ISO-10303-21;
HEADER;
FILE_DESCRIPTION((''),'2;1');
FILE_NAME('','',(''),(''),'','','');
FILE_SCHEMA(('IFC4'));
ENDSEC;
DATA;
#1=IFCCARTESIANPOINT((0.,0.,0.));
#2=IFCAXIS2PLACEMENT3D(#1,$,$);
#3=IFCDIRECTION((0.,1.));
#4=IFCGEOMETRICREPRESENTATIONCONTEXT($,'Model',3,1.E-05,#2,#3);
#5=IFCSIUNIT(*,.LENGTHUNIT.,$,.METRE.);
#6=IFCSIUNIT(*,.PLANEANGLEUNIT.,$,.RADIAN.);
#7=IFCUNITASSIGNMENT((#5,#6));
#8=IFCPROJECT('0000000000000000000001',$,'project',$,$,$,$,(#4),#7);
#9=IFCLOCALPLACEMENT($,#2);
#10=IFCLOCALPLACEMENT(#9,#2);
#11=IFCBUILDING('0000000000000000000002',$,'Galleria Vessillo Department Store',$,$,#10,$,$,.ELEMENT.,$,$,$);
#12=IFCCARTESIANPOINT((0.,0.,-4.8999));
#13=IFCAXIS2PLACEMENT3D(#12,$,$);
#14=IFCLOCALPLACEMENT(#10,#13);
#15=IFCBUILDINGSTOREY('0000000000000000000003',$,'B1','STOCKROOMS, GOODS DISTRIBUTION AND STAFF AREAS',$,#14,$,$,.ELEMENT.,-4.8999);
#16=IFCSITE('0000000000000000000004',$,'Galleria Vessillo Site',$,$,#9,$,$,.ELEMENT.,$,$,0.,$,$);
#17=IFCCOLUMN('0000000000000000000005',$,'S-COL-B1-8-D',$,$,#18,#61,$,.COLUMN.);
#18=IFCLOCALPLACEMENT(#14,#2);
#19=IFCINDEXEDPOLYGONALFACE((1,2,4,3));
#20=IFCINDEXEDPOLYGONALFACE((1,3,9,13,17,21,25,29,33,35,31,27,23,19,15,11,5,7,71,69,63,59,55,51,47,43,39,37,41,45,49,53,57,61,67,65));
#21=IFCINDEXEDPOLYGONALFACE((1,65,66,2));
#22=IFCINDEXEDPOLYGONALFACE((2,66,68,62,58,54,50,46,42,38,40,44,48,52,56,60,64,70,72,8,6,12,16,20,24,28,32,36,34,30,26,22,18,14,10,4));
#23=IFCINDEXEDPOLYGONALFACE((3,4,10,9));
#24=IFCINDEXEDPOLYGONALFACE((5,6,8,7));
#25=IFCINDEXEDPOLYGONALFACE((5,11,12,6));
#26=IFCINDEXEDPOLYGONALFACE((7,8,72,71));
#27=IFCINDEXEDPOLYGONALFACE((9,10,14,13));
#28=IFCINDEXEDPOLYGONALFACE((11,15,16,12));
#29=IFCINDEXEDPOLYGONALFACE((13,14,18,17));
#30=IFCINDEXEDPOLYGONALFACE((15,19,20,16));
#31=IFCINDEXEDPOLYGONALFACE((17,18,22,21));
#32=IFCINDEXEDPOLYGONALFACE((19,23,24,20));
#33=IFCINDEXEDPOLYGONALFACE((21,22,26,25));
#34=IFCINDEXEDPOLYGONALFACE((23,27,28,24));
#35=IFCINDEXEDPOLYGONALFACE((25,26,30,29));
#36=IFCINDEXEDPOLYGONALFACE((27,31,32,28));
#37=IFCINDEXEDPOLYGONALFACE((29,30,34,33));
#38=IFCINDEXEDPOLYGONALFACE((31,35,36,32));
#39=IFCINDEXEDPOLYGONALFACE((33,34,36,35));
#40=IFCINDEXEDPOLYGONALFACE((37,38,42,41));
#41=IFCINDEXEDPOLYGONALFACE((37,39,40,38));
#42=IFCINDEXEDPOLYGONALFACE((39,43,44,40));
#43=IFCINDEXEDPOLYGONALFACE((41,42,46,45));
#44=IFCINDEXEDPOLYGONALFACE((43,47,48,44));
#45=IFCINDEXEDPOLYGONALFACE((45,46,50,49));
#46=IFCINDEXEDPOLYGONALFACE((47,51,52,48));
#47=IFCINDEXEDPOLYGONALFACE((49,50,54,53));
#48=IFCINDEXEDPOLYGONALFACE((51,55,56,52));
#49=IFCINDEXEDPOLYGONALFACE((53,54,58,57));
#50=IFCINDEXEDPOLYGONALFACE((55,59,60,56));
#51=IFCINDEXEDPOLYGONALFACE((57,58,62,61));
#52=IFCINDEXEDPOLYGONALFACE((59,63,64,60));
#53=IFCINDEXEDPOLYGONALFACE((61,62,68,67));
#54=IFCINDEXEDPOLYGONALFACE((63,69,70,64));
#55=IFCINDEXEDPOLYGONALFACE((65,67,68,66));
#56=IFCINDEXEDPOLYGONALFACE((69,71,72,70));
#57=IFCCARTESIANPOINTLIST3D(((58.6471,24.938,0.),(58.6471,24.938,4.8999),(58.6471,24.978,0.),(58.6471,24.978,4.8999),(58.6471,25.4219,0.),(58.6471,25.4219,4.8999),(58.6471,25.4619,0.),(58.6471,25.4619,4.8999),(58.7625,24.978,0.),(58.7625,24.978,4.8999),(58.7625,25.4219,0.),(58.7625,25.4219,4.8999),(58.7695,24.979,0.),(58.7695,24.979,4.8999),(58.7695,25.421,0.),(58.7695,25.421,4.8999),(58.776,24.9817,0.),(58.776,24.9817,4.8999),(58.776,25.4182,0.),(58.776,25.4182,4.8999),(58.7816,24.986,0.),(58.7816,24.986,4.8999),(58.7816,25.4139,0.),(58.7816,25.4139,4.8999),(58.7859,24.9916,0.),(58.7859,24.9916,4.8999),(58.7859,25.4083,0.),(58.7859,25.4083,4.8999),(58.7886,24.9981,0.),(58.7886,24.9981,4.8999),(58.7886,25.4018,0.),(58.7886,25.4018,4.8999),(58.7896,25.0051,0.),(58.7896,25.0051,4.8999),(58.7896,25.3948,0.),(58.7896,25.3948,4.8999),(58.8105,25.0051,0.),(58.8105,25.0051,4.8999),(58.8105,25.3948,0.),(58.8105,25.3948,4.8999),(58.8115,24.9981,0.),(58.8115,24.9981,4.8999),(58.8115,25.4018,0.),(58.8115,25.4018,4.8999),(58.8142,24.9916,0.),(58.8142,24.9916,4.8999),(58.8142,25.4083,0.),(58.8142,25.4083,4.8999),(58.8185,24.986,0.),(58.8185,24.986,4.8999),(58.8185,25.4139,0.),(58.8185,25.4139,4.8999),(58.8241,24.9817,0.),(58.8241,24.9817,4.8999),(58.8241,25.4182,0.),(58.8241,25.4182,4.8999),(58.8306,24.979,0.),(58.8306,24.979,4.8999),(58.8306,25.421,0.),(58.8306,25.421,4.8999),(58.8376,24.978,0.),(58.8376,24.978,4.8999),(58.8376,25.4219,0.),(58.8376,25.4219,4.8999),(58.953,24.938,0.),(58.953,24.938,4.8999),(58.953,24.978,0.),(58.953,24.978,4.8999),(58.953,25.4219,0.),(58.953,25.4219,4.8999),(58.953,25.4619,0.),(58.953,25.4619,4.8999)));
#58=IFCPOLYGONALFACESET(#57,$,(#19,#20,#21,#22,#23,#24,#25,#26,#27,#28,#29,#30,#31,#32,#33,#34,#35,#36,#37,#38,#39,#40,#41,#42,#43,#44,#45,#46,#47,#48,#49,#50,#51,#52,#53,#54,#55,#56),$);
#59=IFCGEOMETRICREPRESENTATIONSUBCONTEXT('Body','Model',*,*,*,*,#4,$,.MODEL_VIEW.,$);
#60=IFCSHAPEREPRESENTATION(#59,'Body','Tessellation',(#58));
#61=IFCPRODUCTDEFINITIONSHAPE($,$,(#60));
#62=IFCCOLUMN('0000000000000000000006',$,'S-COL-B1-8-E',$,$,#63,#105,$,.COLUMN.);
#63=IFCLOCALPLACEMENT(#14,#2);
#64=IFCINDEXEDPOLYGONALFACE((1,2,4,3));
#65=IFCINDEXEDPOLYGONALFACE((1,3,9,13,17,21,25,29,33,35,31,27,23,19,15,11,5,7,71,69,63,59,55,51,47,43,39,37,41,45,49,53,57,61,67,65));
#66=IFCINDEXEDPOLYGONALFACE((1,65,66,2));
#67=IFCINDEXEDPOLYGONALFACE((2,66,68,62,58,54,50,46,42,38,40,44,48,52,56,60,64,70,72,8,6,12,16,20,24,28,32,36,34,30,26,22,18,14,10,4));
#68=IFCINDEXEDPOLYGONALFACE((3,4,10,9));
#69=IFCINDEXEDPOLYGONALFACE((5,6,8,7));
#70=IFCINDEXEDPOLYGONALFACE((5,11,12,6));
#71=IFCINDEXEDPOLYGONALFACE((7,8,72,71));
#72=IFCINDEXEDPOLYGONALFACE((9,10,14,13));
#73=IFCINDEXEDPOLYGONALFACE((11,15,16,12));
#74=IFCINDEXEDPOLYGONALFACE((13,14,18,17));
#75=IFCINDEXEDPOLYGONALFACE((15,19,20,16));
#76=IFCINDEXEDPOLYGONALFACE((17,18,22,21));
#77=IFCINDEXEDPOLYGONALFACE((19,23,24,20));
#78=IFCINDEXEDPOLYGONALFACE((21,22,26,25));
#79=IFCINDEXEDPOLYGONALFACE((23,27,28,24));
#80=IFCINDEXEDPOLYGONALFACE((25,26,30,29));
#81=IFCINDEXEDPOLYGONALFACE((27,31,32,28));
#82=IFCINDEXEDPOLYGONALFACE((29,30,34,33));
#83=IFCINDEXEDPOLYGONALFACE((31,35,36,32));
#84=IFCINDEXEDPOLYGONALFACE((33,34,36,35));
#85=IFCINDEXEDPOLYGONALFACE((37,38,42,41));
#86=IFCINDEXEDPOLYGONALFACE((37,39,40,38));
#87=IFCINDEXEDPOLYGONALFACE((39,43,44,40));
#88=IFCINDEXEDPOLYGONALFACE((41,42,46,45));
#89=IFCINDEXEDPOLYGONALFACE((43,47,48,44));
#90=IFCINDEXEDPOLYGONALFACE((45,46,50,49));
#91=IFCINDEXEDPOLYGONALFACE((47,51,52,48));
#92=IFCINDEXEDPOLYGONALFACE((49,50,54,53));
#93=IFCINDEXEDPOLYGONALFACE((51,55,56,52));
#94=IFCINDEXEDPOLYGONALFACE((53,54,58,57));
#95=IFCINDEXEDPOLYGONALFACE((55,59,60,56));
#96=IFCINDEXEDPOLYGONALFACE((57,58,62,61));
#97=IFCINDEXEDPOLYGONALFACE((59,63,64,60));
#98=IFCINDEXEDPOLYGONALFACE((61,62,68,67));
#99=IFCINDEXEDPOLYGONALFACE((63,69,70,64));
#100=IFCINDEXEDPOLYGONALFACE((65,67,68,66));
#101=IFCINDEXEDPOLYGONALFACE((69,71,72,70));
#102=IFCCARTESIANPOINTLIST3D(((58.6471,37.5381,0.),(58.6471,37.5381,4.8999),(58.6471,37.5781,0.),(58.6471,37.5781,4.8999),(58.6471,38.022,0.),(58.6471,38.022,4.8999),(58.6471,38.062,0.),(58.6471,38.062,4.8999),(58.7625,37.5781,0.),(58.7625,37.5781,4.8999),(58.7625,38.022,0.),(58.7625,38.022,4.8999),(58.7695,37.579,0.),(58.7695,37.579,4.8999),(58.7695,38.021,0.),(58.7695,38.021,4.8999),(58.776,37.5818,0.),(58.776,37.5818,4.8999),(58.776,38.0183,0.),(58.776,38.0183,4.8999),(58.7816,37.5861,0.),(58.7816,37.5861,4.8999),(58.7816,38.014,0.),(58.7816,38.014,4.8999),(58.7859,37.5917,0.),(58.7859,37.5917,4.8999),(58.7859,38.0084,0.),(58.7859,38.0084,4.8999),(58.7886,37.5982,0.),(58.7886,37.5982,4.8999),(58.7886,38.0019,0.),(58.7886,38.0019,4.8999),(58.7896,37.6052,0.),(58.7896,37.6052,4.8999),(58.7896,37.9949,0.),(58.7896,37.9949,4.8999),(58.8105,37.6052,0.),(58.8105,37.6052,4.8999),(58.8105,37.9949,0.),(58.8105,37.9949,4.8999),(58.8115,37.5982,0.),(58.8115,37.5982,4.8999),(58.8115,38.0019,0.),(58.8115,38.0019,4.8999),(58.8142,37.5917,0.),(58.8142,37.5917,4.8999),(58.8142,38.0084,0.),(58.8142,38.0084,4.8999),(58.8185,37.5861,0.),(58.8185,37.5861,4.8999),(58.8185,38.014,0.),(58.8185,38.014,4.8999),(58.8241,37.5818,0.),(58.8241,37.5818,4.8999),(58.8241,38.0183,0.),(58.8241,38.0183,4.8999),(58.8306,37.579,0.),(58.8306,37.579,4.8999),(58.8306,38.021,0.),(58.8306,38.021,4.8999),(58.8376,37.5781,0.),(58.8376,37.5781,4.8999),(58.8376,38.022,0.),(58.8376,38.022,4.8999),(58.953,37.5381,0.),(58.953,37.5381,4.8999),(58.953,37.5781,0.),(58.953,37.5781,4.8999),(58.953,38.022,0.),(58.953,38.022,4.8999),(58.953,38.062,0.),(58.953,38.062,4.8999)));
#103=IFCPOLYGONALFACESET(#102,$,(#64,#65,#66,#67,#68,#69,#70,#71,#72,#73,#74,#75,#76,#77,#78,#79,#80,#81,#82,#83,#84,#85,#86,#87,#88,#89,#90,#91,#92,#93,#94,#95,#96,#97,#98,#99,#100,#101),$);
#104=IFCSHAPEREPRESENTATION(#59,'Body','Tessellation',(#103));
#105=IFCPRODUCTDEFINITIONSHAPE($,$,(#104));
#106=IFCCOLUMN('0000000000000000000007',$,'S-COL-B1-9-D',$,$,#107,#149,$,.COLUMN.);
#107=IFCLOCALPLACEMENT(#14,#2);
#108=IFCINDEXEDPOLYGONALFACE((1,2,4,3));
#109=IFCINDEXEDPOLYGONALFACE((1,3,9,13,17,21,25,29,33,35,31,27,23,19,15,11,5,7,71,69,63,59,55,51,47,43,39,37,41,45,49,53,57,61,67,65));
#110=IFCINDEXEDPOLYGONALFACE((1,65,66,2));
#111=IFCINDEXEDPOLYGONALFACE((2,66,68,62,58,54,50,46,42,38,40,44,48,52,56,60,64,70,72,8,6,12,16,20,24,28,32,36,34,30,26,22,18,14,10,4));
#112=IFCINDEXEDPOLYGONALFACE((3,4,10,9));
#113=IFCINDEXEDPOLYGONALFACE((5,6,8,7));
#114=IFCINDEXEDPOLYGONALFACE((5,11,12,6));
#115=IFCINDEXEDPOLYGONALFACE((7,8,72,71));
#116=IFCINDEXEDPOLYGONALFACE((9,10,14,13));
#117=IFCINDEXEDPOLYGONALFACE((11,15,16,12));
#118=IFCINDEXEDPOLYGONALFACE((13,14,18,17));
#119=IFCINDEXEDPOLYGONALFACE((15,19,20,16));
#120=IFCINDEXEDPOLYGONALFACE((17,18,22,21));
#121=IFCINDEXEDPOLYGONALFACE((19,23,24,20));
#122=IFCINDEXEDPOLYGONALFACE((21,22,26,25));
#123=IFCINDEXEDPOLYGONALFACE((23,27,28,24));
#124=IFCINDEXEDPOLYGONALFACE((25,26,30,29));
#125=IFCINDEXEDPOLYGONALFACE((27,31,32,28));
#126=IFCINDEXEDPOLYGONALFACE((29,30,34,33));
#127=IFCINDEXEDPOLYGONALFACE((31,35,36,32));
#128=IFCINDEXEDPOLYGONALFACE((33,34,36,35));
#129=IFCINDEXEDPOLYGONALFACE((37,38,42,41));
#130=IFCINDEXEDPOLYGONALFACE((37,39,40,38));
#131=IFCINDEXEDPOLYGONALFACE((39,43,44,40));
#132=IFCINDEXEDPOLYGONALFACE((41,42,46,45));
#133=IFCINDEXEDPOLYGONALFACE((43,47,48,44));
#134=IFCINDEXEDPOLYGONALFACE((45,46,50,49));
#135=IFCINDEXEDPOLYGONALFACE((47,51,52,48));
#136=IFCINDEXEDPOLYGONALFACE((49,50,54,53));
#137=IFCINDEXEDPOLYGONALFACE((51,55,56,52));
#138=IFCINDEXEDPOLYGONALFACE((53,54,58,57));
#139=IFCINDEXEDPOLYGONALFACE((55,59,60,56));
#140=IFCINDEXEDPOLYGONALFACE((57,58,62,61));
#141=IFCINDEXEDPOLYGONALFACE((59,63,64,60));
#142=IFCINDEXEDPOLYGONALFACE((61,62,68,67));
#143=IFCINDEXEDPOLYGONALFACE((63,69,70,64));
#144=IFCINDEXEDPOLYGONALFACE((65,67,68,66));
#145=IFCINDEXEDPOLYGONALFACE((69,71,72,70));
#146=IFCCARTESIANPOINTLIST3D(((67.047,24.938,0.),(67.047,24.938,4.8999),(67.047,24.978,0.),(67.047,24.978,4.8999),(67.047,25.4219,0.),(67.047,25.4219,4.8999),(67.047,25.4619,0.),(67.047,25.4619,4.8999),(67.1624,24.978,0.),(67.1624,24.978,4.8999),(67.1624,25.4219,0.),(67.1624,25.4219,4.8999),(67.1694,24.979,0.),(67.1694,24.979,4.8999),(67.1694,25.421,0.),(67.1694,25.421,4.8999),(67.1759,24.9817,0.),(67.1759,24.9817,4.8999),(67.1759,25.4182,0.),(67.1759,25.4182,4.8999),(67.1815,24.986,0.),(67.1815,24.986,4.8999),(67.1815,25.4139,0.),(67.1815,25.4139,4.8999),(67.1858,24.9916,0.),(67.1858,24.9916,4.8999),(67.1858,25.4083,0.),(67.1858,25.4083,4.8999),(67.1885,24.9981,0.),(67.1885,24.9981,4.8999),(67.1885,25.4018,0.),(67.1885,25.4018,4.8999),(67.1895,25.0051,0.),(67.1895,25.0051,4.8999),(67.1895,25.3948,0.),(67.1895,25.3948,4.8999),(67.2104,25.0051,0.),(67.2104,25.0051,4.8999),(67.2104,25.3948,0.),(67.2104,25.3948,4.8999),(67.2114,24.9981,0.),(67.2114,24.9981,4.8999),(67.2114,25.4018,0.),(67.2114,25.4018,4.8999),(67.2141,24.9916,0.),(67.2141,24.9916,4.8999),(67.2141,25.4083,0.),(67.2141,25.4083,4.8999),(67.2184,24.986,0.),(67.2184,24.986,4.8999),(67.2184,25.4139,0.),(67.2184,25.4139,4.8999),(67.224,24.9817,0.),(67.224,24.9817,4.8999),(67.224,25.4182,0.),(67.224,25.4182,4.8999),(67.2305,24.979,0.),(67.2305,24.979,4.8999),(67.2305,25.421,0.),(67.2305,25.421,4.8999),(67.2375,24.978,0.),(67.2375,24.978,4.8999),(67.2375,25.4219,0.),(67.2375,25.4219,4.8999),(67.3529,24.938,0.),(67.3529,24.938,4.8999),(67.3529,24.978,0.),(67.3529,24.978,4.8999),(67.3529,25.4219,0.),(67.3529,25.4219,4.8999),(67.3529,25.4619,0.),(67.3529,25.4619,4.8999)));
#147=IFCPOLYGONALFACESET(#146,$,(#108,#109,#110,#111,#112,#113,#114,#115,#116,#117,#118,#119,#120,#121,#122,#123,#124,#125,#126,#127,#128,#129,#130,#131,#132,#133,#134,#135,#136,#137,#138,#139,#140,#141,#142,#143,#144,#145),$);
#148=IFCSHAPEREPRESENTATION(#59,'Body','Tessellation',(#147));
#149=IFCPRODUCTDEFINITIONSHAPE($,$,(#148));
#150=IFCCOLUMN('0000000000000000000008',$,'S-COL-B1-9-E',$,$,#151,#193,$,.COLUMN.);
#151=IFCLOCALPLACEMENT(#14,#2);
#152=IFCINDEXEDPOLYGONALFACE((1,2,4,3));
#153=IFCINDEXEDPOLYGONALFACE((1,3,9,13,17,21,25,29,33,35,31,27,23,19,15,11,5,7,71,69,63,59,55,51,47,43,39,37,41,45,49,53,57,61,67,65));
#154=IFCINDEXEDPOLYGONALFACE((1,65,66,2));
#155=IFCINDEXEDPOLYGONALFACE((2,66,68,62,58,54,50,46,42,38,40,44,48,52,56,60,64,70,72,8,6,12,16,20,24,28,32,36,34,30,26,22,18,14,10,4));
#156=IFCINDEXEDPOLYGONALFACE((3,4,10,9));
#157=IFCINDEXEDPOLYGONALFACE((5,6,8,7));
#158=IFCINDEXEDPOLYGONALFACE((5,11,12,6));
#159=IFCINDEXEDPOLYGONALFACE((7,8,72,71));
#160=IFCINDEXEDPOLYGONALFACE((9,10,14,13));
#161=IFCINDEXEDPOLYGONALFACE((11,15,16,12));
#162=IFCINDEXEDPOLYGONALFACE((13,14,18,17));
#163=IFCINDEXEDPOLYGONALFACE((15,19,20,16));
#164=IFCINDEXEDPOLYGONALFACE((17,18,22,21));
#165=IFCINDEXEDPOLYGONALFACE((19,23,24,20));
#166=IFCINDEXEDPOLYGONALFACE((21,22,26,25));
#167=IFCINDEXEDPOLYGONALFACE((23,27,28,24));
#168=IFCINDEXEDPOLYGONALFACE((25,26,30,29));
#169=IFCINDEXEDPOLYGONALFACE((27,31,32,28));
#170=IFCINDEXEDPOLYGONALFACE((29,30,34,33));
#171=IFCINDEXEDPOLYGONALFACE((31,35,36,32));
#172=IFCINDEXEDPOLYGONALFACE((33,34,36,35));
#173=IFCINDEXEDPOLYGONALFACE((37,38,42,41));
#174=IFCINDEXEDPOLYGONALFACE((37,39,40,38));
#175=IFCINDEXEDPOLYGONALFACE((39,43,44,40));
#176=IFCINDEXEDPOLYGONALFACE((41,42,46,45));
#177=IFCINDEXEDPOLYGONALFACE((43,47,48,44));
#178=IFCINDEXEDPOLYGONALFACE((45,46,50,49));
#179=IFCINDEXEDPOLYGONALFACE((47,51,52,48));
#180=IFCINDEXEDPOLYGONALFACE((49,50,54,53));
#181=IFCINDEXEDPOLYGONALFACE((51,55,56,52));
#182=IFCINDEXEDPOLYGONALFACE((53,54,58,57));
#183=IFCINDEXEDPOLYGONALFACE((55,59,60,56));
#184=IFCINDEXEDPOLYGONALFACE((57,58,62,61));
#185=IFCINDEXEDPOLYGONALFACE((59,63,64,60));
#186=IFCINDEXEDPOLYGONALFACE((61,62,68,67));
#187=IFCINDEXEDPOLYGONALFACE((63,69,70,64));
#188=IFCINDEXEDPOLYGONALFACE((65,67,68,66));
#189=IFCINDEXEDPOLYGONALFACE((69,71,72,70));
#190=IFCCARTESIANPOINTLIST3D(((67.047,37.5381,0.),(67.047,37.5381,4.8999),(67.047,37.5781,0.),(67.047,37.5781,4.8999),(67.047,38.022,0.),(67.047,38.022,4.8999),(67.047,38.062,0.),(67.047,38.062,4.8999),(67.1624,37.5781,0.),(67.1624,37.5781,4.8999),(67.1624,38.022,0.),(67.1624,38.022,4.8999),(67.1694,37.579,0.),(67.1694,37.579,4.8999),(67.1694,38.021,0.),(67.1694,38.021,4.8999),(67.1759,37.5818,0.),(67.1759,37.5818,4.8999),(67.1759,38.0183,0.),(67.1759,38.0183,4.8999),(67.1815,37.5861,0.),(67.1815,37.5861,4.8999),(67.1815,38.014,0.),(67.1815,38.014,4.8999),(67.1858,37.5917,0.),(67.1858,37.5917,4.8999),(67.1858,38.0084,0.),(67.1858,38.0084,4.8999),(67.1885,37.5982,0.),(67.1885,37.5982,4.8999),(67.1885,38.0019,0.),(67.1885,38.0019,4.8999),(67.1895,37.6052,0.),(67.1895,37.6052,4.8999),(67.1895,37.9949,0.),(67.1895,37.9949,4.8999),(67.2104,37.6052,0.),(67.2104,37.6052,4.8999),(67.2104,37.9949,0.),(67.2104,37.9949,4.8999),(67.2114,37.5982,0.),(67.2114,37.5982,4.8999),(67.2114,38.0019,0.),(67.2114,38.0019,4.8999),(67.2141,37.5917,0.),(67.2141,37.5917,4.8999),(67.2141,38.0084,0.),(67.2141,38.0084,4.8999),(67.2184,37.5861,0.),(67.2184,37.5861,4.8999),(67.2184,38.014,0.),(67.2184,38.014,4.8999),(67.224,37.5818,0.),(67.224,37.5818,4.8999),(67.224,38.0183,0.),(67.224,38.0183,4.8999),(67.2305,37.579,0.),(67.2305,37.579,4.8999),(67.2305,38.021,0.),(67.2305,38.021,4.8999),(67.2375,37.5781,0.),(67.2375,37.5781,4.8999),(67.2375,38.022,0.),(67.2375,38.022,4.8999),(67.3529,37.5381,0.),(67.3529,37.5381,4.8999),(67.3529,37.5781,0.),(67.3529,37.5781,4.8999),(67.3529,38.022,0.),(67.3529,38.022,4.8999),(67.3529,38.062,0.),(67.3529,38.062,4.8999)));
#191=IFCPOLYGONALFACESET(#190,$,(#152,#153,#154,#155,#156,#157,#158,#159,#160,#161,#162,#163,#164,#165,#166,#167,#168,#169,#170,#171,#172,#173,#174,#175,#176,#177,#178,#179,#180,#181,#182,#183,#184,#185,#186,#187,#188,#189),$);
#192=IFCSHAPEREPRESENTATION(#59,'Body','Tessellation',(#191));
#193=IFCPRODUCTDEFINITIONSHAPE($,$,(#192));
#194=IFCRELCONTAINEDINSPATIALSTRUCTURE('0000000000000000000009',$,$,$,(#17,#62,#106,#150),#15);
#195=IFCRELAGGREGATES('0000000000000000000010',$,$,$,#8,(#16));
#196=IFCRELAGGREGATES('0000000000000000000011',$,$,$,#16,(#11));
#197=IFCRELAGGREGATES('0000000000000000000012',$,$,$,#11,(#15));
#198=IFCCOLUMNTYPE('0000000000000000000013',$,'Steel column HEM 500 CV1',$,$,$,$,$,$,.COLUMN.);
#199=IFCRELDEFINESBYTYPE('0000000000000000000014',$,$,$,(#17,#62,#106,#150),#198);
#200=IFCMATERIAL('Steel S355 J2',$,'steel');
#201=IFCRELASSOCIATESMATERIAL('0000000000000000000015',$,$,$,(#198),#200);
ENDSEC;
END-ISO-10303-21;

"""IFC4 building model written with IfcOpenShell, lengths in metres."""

from ifc_helpers import new_model, si_unit, direction, frame, origin, origin_2d, place, context, subcontext, project, spatial, i_section, extrude, material, material_profile, profile_set, type_object, element, save


model = new_model("IFC4")

# Units and contexts
model_context = context("Model", 3, precision=1e-05, world=origin(), true_north=direction((0.0, 1.0)))
body_context = subcontext(model_context, "Body", "Model", "MODEL_VIEW")
ifc_project = project(units=[si_unit("LENGTHUNIT", "METRE"), si_unit("PLANEANGLEUNIT", "RADIAN")], contexts=[model_context])

# Site, building, storey
site_placement = place(None, origin())
site = spatial("IfcSite", under=ifc_project, at=site_placement, Name="Galleria Vessillo Site", CompositionType="ELEMENT", RefElevation=0.0)
building_placement = place(site_placement, origin())
building = spatial("IfcBuilding", under=site, at=building_placement, Name="Galleria Vessillo Department Store", CompositionType="ELEMENT")
storey_placement = place(building_placement, frame((0.0, 0.0, -4.8999)))
storey = spatial("IfcBuildingStorey", under=building, at=storey_placement, Name="B1", Description="STOCKROOMS, GOODS DISTRIBUTION AND STAFF AREAS", CompositionType="ELEMENT", Elevation=-4.8999)

# Columns
ifc_material_1 = material(Name="Steel S355 J2", Category="steel")
ifc_material_profile_1 = material_profile(ifc_material_1, i_section(OverallWidth=0.3059, OverallDepth=0.5239, WebThickness=0.021, FlangeThickness=0.04, FilletRadius=0.0271, at=origin_2d()), Name="HEM 500")
ifc_profile_set_1 = profile_set([ifc_material_profile_1], Name="Steel S355 J2")
column_type_1 = type_object("IfcColumnType", Name="Steel column HEM 500 CV1", PredefinedType="COLUMN", material=ifc_profile_set_1)
for number, where, z_axis, x_axis, name in (
    (1, (58.8, 25.2, 0.0), (0.0, 0.0, 1.0), (1.0, 0.0, 0.0), "S-COL-B1-8-D"),
    (2, (58.8, 37.8, 0.0), (0.0, 0.0, 1.0), (1.0, 0.0, 0.0), "S-COL-B1-8-E"),
    (3, (67.2, 25.2, 0.0), (0.0, 0.0, 1.0), (1.0, 0.0, 0.0), "S-COL-B1-9-D"),
    (4, (67.2, 37.8, 0.0), (0.0, 0.0, 1.0), (1.0, 0.0, 0.0), "S-COL-B1-9-E"),
):
    element("IfcColumn", number, at=place(storey_placement, frame(where, z_axis=z_axis, x_axis=x_axis)), inside=storey, type_object=column_type_1, Name=name, PredefinedType="COLUMN", context=body_context, shape_type="SweptSolid", body=[
        extrude(i_section(OverallWidth=0.3059, OverallDepth=0.5239, WebThickness=0.021, FlangeThickness=0.04, FilletRadius=0.0271, at=origin_2d()), origin(), (0.0, 0.0, 1.0), 4.8999),
    ])

save(model, "model.ifc")
